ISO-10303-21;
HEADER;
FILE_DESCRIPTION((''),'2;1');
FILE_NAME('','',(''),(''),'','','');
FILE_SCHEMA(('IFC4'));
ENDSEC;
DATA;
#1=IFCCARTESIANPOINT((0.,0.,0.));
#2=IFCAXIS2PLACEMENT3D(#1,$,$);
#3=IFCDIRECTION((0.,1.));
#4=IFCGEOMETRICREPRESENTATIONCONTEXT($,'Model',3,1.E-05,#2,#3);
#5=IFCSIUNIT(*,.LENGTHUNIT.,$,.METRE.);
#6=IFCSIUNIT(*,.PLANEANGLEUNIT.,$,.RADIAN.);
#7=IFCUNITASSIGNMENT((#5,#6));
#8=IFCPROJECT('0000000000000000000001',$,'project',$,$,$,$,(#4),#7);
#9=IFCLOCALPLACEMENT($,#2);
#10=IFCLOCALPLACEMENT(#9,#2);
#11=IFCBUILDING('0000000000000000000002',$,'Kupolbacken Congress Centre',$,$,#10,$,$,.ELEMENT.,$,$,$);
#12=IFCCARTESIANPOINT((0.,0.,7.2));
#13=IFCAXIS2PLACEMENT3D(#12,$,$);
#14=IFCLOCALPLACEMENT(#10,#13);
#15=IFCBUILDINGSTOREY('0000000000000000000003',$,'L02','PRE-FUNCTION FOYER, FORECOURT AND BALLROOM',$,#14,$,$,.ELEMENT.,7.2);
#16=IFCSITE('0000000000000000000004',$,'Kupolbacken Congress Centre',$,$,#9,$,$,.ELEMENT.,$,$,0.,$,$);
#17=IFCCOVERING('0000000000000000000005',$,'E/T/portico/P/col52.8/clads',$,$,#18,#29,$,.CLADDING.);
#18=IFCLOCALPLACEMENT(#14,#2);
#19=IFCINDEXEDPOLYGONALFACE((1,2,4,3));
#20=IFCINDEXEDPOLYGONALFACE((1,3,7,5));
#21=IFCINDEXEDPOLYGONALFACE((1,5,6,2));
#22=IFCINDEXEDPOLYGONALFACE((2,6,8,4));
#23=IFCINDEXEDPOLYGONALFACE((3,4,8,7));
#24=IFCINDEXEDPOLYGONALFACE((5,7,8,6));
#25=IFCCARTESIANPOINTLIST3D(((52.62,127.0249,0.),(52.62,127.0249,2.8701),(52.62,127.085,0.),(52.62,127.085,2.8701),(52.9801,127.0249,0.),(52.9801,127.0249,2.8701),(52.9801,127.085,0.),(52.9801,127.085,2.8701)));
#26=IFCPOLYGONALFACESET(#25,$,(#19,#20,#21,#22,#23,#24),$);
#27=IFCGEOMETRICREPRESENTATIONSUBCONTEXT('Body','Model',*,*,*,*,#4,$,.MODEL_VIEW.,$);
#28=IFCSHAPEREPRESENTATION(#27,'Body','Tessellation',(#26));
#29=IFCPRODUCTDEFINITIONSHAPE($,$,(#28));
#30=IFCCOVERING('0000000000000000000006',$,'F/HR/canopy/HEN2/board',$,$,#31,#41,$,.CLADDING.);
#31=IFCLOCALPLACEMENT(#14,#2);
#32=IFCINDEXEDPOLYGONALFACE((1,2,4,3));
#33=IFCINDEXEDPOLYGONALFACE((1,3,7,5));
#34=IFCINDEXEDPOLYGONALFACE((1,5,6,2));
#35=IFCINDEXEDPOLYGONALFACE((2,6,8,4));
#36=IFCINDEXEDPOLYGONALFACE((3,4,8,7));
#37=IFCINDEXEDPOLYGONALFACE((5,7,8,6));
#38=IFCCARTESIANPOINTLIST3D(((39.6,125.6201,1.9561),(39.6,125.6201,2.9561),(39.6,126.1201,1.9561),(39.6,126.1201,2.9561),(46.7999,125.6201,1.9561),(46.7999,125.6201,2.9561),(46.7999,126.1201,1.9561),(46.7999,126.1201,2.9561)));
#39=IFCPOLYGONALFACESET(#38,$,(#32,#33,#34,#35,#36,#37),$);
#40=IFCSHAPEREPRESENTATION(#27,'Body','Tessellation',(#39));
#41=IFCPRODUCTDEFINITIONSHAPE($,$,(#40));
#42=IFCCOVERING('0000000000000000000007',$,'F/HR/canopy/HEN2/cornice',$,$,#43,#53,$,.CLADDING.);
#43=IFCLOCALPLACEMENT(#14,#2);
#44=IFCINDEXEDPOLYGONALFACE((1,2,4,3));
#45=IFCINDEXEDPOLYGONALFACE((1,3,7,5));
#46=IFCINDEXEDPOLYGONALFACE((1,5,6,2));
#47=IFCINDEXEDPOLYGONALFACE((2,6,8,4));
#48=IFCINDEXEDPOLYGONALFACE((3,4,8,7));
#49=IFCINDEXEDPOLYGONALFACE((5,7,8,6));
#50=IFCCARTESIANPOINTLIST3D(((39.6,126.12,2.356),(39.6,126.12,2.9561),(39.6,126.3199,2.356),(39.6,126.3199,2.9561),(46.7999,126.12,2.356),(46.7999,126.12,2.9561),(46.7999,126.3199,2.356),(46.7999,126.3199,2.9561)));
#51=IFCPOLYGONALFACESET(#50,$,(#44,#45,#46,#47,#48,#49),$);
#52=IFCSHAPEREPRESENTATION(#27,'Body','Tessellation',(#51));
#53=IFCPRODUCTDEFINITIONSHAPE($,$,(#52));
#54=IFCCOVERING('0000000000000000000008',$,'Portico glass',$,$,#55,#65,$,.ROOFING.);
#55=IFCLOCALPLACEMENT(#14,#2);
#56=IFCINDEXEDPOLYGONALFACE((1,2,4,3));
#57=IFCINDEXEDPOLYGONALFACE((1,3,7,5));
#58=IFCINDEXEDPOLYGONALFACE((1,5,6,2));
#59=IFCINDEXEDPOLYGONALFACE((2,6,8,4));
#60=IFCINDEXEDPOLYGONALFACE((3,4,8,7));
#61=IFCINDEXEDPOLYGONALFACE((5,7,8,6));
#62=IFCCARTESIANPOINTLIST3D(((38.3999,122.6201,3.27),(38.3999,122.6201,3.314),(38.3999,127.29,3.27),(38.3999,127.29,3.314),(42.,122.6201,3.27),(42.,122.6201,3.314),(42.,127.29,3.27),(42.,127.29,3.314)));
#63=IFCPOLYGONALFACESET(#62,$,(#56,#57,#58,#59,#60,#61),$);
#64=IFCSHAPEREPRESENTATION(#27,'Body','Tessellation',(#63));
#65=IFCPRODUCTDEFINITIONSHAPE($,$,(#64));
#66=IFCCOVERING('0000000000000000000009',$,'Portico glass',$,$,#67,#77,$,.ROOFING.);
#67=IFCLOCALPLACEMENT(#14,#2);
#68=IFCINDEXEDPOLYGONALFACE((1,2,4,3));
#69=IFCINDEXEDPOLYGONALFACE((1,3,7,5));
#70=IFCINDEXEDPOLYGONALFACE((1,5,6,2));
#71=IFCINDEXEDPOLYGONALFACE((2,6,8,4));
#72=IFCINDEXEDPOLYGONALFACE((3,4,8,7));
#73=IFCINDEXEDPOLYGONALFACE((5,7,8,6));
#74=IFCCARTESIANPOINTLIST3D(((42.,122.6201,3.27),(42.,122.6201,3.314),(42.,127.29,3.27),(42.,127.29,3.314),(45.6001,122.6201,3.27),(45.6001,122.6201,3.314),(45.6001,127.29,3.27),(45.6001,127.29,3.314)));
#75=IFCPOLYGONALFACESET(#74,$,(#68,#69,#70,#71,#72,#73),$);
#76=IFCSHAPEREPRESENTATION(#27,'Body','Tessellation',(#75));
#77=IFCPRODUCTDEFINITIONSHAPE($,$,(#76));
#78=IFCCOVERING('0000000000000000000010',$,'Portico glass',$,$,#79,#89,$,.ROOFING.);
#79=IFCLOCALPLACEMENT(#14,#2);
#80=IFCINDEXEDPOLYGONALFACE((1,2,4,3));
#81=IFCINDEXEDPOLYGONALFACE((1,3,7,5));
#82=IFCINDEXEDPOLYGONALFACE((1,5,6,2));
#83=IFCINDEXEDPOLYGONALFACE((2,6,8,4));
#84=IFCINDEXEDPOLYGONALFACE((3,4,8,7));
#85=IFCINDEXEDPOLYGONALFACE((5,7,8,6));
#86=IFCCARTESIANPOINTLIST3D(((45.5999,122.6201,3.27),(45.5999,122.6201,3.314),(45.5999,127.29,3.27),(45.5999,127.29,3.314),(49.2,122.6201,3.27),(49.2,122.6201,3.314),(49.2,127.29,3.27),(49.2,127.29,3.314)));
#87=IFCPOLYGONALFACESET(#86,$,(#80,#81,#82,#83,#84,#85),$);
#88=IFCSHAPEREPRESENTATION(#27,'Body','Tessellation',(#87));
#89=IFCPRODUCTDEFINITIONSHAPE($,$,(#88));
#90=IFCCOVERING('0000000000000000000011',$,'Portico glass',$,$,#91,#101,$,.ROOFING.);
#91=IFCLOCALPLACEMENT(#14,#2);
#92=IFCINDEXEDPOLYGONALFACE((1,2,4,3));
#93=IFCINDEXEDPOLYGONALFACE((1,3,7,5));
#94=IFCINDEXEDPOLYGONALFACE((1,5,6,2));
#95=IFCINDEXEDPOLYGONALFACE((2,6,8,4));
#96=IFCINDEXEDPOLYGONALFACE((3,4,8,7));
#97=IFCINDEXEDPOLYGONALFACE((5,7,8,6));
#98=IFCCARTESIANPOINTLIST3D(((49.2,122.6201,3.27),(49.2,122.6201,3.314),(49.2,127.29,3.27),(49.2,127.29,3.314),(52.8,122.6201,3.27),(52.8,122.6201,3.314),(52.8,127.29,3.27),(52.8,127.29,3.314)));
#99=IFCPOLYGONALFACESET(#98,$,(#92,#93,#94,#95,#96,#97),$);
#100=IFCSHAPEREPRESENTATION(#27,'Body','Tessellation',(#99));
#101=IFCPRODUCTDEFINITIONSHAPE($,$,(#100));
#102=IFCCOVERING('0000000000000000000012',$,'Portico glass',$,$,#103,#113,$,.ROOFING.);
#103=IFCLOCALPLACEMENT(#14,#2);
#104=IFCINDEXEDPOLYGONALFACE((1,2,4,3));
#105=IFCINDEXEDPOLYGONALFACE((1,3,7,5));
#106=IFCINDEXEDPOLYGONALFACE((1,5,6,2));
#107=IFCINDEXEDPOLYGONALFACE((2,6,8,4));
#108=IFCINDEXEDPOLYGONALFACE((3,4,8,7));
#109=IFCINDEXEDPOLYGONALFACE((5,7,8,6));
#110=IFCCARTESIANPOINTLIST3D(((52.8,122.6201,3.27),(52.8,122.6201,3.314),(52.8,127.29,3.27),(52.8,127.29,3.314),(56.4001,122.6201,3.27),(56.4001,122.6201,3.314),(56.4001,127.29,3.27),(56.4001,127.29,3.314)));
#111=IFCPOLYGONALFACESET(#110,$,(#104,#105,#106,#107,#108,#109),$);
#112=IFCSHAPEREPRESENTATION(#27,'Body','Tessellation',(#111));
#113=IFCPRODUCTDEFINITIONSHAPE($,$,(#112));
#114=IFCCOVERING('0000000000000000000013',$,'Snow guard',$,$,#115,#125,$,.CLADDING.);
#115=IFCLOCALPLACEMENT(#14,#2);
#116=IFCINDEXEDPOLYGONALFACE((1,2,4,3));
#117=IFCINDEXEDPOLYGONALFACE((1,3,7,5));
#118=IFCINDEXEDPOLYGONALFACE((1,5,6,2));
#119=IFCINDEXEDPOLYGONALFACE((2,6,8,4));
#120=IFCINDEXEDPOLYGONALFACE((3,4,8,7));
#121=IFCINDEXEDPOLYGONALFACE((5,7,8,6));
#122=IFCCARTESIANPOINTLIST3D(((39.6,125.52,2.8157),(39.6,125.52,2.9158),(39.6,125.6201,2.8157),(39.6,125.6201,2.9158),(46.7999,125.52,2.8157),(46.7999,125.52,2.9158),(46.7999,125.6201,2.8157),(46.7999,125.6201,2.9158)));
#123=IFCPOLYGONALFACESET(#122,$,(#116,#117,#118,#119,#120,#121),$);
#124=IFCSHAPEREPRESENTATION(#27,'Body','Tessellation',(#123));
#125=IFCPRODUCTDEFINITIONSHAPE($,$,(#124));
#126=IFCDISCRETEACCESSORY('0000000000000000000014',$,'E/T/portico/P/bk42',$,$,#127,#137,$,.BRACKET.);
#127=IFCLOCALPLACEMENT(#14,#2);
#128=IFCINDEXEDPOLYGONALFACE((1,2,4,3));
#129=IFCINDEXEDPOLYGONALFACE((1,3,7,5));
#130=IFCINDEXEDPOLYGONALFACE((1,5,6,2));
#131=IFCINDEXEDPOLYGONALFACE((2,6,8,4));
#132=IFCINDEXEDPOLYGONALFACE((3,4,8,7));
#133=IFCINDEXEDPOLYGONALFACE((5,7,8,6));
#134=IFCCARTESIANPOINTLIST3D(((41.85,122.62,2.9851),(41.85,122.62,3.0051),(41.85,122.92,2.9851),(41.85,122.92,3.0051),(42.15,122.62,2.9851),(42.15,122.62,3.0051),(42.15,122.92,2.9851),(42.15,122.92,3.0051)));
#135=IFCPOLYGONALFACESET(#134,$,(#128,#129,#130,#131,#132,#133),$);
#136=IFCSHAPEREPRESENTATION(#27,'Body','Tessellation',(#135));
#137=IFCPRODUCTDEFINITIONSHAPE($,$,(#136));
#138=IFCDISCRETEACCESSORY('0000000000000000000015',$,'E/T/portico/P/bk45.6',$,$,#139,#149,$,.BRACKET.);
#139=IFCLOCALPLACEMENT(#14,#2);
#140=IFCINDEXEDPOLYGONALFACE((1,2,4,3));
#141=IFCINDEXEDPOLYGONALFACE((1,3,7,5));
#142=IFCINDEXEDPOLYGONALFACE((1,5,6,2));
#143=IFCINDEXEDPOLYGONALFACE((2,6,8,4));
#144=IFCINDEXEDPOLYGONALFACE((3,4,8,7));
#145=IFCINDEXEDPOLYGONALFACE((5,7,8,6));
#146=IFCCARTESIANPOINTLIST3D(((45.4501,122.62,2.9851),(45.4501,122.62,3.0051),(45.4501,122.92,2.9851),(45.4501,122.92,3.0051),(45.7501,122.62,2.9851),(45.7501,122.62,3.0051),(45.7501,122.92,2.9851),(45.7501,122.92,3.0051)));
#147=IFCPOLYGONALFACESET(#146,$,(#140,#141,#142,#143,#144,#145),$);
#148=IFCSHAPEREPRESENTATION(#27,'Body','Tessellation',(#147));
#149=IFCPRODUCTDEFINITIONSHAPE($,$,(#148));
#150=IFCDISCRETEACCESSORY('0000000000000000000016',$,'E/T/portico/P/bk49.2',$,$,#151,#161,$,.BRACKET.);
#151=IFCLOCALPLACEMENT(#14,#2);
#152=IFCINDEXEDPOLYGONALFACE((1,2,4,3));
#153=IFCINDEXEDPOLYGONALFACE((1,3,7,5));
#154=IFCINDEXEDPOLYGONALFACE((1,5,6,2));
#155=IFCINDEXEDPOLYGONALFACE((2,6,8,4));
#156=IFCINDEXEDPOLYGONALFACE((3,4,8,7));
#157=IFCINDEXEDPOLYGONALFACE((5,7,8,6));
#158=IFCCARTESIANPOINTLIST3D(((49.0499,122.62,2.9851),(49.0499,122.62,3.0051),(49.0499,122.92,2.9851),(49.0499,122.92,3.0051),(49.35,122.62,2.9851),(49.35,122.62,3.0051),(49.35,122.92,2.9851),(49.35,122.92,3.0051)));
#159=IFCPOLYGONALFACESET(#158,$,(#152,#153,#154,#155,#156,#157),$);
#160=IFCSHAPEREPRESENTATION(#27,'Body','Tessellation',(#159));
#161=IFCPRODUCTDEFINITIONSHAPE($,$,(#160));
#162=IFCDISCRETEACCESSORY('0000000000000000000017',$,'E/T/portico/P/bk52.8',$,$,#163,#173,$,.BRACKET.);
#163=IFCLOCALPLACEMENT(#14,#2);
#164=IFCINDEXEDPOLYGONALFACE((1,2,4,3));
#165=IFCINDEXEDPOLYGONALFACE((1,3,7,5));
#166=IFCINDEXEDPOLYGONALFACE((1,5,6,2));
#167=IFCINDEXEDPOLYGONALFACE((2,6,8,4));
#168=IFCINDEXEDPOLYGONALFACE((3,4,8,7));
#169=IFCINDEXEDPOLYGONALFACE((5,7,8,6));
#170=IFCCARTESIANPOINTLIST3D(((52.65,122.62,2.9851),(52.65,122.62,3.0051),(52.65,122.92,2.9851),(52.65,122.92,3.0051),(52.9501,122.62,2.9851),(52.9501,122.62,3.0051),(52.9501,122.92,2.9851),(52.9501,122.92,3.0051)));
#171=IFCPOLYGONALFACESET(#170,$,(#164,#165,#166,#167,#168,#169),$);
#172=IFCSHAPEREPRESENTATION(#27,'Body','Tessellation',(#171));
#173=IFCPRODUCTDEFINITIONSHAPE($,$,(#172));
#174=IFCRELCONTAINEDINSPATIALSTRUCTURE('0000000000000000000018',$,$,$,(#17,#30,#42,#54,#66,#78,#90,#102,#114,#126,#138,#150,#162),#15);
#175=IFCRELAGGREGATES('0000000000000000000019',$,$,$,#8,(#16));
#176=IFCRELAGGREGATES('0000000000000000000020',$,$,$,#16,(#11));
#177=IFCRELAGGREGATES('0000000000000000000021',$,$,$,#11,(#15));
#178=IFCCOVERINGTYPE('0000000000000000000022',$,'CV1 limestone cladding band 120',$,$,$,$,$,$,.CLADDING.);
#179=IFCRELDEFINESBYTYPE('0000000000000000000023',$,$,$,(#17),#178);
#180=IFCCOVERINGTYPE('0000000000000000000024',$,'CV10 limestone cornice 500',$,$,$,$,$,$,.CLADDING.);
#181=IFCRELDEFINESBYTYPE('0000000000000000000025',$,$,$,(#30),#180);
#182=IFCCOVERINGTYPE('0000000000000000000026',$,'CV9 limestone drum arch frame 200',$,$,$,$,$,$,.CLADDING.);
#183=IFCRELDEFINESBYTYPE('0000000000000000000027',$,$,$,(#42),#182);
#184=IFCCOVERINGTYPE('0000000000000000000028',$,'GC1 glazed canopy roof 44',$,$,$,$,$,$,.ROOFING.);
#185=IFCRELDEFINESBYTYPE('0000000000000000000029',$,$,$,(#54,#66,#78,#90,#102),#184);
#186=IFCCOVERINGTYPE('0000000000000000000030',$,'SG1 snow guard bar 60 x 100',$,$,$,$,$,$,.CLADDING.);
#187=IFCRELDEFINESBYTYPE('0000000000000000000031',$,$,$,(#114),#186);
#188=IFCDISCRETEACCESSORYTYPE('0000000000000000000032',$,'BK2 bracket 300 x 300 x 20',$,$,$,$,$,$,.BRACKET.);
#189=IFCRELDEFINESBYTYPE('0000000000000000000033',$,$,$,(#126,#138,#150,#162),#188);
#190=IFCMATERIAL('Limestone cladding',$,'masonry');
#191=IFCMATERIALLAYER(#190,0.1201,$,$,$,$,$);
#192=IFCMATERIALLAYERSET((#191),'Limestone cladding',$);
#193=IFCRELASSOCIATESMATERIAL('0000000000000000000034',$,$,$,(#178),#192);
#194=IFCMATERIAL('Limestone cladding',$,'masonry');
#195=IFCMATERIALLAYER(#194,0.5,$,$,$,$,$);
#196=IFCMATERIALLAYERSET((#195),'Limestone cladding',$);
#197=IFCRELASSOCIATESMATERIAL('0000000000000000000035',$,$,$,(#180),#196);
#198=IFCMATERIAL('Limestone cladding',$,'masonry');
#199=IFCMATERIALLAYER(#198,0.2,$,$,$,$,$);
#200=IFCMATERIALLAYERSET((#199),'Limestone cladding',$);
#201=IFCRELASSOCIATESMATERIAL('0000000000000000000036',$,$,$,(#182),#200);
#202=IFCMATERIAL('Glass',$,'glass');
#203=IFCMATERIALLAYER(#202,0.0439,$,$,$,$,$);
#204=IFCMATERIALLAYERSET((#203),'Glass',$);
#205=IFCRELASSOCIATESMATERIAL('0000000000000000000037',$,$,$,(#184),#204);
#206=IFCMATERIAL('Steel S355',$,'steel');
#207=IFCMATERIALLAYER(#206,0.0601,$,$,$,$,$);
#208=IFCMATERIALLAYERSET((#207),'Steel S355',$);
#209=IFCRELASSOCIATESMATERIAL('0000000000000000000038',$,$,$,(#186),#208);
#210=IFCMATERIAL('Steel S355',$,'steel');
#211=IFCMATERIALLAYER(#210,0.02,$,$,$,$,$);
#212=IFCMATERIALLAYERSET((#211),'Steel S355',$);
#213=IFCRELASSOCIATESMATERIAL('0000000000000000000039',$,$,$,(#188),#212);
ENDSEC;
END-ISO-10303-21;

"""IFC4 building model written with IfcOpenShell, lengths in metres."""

from ifc_helpers import new_model, si_unit, direction, frame, origin, origin_2d, place, context, subcontext, project, spatial, rectangle, extrude, material, layer, layer_set, type_object, element, save


model = new_model("IFC4")

# Units and contexts
model_context = context("Model", 3, precision=1e-05, world=origin(), true_north=direction((0.0, 1.0)))
body_context = subcontext(model_context, "Body", "Model", "MODEL_VIEW")
ifc_project = project(units=[si_unit("LENGTHUNIT", "METRE"), si_unit("PLANEANGLEUNIT", "RADIAN")], contexts=[model_context])

# Site, building, storey
site_placement = place(None, origin())
site = spatial("IfcSite", under=ifc_project, at=site_placement, Name="Kupolbacken Congress Centre", CompositionType="ELEMENT", RefElevation=0.0)
building_placement = place(site_placement, origin())
building = spatial("IfcBuilding", under=site, at=building_placement, Name="Kupolbacken Congress Centre", CompositionType="ELEMENT")
storey_placement = place(building_placement, frame((0.0, 0.0, 7.2)))
storey = spatial("IfcBuildingStorey", under=building, at=storey_placement, Name="L02", Description="PRE-FUNCTION FOYER, FORECOURT AND BALLROOM", CompositionType="ELEMENT", Elevation=7.2)

# Coverings
ifc_material_1 = material(Name="Limestone cladding", Category="masonry")
ifc_layer_1 = layer(ifc_material_1, 0.1201)
ifc_layer_set_1 = layer_set([ifc_layer_1], Name="Limestone cladding")
covering_type_1 = type_object("IfcCoveringType", Name="CV1 limestone cladding band 120", PredefinedType="CLADDING", material=ifc_layer_set_1)
covering_1_placement = place(storey_placement, frame((52.8, 127.0549, 0.0), z_axis=(0.0, 0.0, 1.0), x_axis=(1.0, 0.0, 0.0)))
element("IfcCovering", 1, at=covering_1_placement, inside=storey, type_object=covering_type_1, Name="E/T/portico/P/col52.8/clads", PredefinedType="CLADDING", context=body_context, shape_type="SweptSolid", body=[
    extrude(rectangle(XDim=0.3601, YDim=0.0601, at=origin_2d()), origin(), (0.0, 0.0, 1.0), 2.8701),
])
ifc_material_2 = material(Name="Limestone cladding", Category="masonry")
ifc_layer_2 = layer(ifc_material_2, 0.5)
ifc_layer_set_2 = layer_set([ifc_layer_2], Name="Limestone cladding")
covering_type_2 = type_object("IfcCoveringType", Name="CV10 limestone cornice 500", PredefinedType="CLADDING", material=ifc_layer_set_2)
covering_2_placement = place(storey_placement, frame((43.2, 125.8701, 1.9561), z_axis=(0.0, 0.0, 1.0), x_axis=(-1.0, 0.0, 0.0)))
element("IfcCovering", 2, at=covering_2_placement, inside=storey, type_object=covering_type_2, Name="F/HR/canopy/HEN2/board", PredefinedType="CLADDING", context=body_context, shape_type="SweptSolid", body=[
    extrude(rectangle(XDim=7.2, YDim=0.5, at=origin_2d()), origin(), (0.0, 0.0, 1.0), 1.0),
])
ifc_material_3 = material(Name="Limestone cladding", Category="masonry")
ifc_layer_3 = layer(ifc_material_3, 0.2)
ifc_layer_set_3 = layer_set([ifc_layer_3], Name="Limestone cladding")
covering_type_3 = type_object("IfcCoveringType", Name="CV9 limestone drum arch frame 200", PredefinedType="CLADDING", material=ifc_layer_set_3)
covering_3_placement = place(storey_placement, frame((43.2, 126.22, 2.356), z_axis=(0.0, 0.0, 1.0), x_axis=(-1.0, 0.0, 0.0)))
element("IfcCovering", 3, at=covering_3_placement, inside=storey, type_object=covering_type_3, Name="F/HR/canopy/HEN2/cornice", PredefinedType="CLADDING", context=body_context, shape_type="SweptSolid", body=[
    extrude(rectangle(XDim=7.2, YDim=0.2, at=origin_2d()), origin(), (0.0, 0.0, 1.0), 0.6001),
])
ifc_material_4 = material(Name="Glass", Category="glass")
ifc_layer_4 = layer(ifc_material_4, 0.0439)
ifc_layer_set_4 = layer_set([ifc_layer_4], Name="Glass")
covering_type_4 = type_object("IfcCoveringType", Name="GC1 glazed canopy roof 44", PredefinedType="ROOFING", material=ifc_layer_set_4)
for number, where, z_axis, x_axis, name in (
    (4, (40.2, 124.9551, 3.27), (0.0, 0.0, 1.0), (1.0, 0.0, 0.0), "Portico glass"),
    (5, (43.8, 124.9551, 3.27), (0.0, 0.0, 1.0), (1.0, 0.0, 0.0), "Portico glass"),
    (6, (47.3999, 124.9551, 3.27), (0.0, 0.0, 1.0), (1.0, 0.0, 0.0), "Portico glass"),
    (7, (51.0, 124.9551, 3.27), (0.0, 0.0, 1.0), (1.0, 0.0, 0.0), "Portico glass"),
    (8, (54.6001, 124.9551, 3.27), (0.0, 0.0, 1.0), (1.0, 0.0, 0.0), "Portico glass"),
):
    element("IfcCovering", number, at=place(storey_placement, frame(where, z_axis=z_axis, x_axis=x_axis)), inside=storey, type_object=covering_type_4, Name=name, PredefinedType="ROOFING", context=body_context, shape_type="SweptSolid", body=[
        extrude(rectangle(XDim=3.6001, YDim=4.6699, at=origin_2d()), origin(), (0.0, 0.0, 1.0), 0.0439),
    ])
ifc_material_5 = material(Name="Steel S355", Category="steel")
ifc_layer_5 = layer(ifc_material_5, 0.0601)
ifc_layer_set_5 = layer_set([ifc_layer_5], Name="Steel S355")
covering_type_5 = type_object("IfcCoveringType", Name="SG1 snow guard bar 60 x 100", PredefinedType="CLADDING", material=ifc_layer_set_5)
covering_4_placement = place(storey_placement, frame((43.2, 125.5701, 2.8157), z_axis=(0.0, 0.0, 1.0), x_axis=(-1.0, 0.0, 0.0)))
element("IfcCovering", 9, at=covering_4_placement, inside=storey, type_object=covering_type_5, Name="Snow guard", PredefinedType="CLADDING", context=body_context, shape_type="SweptSolid", body=[
    extrude(rectangle(XDim=7.2, YDim=0.1001, at=origin_2d()), origin(), (0.0, 0.0, 1.0), 0.1001),
])

# Discrete accessories
ifc_material_6 = material(Name="Steel S355", Category="steel")
ifc_layer_6 = layer(ifc_material_6, 0.02)
ifc_layer_set_6 = layer_set([ifc_layer_6], Name="Steel S355")
discrete_accessory_type = type_object("IfcDiscreteAccessoryType", Name="BK2 bracket 300 x 300 x 20", PredefinedType="BRACKET", material=ifc_layer_set_6)
for number, where, z_axis, x_axis, name in (
    (10, (42.0, 122.77, 2.9851), (0.0, 0.0, 1.0), (1.0, 0.0, 0.0), "E/T/portico/P/bk42"),
    (11, (45.6001, 122.77, 2.9851), (0.0, 0.0, 1.0), (1.0, 0.0, 0.0), "E/T/portico/P/bk45.6"),
    (12, (49.2, 122.77, 2.9851), (0.0, 0.0, 1.0), (1.0, 0.0, 0.0), "E/T/portico/P/bk49.2"),
    (13, (52.8, 122.77, 2.9851), (0.0, 0.0, 1.0), (1.0, 0.0, 0.0), "E/T/portico/P/bk52.8"),
):
    element("IfcDiscreteAccessory", number, at=place(storey_placement, frame(where, z_axis=z_axis, x_axis=x_axis)), inside=storey, type_object=discrete_accessory_type, Name=name, PredefinedType="BRACKET", context=body_context, shape_type="SweptSolid", body=[
        extrude(rectangle(XDim=0.3, YDim=0.3, at=origin_2d()), origin(), (0.0, 0.0, 1.0), 0.02),
    ])

save(model, "model.ifc")
